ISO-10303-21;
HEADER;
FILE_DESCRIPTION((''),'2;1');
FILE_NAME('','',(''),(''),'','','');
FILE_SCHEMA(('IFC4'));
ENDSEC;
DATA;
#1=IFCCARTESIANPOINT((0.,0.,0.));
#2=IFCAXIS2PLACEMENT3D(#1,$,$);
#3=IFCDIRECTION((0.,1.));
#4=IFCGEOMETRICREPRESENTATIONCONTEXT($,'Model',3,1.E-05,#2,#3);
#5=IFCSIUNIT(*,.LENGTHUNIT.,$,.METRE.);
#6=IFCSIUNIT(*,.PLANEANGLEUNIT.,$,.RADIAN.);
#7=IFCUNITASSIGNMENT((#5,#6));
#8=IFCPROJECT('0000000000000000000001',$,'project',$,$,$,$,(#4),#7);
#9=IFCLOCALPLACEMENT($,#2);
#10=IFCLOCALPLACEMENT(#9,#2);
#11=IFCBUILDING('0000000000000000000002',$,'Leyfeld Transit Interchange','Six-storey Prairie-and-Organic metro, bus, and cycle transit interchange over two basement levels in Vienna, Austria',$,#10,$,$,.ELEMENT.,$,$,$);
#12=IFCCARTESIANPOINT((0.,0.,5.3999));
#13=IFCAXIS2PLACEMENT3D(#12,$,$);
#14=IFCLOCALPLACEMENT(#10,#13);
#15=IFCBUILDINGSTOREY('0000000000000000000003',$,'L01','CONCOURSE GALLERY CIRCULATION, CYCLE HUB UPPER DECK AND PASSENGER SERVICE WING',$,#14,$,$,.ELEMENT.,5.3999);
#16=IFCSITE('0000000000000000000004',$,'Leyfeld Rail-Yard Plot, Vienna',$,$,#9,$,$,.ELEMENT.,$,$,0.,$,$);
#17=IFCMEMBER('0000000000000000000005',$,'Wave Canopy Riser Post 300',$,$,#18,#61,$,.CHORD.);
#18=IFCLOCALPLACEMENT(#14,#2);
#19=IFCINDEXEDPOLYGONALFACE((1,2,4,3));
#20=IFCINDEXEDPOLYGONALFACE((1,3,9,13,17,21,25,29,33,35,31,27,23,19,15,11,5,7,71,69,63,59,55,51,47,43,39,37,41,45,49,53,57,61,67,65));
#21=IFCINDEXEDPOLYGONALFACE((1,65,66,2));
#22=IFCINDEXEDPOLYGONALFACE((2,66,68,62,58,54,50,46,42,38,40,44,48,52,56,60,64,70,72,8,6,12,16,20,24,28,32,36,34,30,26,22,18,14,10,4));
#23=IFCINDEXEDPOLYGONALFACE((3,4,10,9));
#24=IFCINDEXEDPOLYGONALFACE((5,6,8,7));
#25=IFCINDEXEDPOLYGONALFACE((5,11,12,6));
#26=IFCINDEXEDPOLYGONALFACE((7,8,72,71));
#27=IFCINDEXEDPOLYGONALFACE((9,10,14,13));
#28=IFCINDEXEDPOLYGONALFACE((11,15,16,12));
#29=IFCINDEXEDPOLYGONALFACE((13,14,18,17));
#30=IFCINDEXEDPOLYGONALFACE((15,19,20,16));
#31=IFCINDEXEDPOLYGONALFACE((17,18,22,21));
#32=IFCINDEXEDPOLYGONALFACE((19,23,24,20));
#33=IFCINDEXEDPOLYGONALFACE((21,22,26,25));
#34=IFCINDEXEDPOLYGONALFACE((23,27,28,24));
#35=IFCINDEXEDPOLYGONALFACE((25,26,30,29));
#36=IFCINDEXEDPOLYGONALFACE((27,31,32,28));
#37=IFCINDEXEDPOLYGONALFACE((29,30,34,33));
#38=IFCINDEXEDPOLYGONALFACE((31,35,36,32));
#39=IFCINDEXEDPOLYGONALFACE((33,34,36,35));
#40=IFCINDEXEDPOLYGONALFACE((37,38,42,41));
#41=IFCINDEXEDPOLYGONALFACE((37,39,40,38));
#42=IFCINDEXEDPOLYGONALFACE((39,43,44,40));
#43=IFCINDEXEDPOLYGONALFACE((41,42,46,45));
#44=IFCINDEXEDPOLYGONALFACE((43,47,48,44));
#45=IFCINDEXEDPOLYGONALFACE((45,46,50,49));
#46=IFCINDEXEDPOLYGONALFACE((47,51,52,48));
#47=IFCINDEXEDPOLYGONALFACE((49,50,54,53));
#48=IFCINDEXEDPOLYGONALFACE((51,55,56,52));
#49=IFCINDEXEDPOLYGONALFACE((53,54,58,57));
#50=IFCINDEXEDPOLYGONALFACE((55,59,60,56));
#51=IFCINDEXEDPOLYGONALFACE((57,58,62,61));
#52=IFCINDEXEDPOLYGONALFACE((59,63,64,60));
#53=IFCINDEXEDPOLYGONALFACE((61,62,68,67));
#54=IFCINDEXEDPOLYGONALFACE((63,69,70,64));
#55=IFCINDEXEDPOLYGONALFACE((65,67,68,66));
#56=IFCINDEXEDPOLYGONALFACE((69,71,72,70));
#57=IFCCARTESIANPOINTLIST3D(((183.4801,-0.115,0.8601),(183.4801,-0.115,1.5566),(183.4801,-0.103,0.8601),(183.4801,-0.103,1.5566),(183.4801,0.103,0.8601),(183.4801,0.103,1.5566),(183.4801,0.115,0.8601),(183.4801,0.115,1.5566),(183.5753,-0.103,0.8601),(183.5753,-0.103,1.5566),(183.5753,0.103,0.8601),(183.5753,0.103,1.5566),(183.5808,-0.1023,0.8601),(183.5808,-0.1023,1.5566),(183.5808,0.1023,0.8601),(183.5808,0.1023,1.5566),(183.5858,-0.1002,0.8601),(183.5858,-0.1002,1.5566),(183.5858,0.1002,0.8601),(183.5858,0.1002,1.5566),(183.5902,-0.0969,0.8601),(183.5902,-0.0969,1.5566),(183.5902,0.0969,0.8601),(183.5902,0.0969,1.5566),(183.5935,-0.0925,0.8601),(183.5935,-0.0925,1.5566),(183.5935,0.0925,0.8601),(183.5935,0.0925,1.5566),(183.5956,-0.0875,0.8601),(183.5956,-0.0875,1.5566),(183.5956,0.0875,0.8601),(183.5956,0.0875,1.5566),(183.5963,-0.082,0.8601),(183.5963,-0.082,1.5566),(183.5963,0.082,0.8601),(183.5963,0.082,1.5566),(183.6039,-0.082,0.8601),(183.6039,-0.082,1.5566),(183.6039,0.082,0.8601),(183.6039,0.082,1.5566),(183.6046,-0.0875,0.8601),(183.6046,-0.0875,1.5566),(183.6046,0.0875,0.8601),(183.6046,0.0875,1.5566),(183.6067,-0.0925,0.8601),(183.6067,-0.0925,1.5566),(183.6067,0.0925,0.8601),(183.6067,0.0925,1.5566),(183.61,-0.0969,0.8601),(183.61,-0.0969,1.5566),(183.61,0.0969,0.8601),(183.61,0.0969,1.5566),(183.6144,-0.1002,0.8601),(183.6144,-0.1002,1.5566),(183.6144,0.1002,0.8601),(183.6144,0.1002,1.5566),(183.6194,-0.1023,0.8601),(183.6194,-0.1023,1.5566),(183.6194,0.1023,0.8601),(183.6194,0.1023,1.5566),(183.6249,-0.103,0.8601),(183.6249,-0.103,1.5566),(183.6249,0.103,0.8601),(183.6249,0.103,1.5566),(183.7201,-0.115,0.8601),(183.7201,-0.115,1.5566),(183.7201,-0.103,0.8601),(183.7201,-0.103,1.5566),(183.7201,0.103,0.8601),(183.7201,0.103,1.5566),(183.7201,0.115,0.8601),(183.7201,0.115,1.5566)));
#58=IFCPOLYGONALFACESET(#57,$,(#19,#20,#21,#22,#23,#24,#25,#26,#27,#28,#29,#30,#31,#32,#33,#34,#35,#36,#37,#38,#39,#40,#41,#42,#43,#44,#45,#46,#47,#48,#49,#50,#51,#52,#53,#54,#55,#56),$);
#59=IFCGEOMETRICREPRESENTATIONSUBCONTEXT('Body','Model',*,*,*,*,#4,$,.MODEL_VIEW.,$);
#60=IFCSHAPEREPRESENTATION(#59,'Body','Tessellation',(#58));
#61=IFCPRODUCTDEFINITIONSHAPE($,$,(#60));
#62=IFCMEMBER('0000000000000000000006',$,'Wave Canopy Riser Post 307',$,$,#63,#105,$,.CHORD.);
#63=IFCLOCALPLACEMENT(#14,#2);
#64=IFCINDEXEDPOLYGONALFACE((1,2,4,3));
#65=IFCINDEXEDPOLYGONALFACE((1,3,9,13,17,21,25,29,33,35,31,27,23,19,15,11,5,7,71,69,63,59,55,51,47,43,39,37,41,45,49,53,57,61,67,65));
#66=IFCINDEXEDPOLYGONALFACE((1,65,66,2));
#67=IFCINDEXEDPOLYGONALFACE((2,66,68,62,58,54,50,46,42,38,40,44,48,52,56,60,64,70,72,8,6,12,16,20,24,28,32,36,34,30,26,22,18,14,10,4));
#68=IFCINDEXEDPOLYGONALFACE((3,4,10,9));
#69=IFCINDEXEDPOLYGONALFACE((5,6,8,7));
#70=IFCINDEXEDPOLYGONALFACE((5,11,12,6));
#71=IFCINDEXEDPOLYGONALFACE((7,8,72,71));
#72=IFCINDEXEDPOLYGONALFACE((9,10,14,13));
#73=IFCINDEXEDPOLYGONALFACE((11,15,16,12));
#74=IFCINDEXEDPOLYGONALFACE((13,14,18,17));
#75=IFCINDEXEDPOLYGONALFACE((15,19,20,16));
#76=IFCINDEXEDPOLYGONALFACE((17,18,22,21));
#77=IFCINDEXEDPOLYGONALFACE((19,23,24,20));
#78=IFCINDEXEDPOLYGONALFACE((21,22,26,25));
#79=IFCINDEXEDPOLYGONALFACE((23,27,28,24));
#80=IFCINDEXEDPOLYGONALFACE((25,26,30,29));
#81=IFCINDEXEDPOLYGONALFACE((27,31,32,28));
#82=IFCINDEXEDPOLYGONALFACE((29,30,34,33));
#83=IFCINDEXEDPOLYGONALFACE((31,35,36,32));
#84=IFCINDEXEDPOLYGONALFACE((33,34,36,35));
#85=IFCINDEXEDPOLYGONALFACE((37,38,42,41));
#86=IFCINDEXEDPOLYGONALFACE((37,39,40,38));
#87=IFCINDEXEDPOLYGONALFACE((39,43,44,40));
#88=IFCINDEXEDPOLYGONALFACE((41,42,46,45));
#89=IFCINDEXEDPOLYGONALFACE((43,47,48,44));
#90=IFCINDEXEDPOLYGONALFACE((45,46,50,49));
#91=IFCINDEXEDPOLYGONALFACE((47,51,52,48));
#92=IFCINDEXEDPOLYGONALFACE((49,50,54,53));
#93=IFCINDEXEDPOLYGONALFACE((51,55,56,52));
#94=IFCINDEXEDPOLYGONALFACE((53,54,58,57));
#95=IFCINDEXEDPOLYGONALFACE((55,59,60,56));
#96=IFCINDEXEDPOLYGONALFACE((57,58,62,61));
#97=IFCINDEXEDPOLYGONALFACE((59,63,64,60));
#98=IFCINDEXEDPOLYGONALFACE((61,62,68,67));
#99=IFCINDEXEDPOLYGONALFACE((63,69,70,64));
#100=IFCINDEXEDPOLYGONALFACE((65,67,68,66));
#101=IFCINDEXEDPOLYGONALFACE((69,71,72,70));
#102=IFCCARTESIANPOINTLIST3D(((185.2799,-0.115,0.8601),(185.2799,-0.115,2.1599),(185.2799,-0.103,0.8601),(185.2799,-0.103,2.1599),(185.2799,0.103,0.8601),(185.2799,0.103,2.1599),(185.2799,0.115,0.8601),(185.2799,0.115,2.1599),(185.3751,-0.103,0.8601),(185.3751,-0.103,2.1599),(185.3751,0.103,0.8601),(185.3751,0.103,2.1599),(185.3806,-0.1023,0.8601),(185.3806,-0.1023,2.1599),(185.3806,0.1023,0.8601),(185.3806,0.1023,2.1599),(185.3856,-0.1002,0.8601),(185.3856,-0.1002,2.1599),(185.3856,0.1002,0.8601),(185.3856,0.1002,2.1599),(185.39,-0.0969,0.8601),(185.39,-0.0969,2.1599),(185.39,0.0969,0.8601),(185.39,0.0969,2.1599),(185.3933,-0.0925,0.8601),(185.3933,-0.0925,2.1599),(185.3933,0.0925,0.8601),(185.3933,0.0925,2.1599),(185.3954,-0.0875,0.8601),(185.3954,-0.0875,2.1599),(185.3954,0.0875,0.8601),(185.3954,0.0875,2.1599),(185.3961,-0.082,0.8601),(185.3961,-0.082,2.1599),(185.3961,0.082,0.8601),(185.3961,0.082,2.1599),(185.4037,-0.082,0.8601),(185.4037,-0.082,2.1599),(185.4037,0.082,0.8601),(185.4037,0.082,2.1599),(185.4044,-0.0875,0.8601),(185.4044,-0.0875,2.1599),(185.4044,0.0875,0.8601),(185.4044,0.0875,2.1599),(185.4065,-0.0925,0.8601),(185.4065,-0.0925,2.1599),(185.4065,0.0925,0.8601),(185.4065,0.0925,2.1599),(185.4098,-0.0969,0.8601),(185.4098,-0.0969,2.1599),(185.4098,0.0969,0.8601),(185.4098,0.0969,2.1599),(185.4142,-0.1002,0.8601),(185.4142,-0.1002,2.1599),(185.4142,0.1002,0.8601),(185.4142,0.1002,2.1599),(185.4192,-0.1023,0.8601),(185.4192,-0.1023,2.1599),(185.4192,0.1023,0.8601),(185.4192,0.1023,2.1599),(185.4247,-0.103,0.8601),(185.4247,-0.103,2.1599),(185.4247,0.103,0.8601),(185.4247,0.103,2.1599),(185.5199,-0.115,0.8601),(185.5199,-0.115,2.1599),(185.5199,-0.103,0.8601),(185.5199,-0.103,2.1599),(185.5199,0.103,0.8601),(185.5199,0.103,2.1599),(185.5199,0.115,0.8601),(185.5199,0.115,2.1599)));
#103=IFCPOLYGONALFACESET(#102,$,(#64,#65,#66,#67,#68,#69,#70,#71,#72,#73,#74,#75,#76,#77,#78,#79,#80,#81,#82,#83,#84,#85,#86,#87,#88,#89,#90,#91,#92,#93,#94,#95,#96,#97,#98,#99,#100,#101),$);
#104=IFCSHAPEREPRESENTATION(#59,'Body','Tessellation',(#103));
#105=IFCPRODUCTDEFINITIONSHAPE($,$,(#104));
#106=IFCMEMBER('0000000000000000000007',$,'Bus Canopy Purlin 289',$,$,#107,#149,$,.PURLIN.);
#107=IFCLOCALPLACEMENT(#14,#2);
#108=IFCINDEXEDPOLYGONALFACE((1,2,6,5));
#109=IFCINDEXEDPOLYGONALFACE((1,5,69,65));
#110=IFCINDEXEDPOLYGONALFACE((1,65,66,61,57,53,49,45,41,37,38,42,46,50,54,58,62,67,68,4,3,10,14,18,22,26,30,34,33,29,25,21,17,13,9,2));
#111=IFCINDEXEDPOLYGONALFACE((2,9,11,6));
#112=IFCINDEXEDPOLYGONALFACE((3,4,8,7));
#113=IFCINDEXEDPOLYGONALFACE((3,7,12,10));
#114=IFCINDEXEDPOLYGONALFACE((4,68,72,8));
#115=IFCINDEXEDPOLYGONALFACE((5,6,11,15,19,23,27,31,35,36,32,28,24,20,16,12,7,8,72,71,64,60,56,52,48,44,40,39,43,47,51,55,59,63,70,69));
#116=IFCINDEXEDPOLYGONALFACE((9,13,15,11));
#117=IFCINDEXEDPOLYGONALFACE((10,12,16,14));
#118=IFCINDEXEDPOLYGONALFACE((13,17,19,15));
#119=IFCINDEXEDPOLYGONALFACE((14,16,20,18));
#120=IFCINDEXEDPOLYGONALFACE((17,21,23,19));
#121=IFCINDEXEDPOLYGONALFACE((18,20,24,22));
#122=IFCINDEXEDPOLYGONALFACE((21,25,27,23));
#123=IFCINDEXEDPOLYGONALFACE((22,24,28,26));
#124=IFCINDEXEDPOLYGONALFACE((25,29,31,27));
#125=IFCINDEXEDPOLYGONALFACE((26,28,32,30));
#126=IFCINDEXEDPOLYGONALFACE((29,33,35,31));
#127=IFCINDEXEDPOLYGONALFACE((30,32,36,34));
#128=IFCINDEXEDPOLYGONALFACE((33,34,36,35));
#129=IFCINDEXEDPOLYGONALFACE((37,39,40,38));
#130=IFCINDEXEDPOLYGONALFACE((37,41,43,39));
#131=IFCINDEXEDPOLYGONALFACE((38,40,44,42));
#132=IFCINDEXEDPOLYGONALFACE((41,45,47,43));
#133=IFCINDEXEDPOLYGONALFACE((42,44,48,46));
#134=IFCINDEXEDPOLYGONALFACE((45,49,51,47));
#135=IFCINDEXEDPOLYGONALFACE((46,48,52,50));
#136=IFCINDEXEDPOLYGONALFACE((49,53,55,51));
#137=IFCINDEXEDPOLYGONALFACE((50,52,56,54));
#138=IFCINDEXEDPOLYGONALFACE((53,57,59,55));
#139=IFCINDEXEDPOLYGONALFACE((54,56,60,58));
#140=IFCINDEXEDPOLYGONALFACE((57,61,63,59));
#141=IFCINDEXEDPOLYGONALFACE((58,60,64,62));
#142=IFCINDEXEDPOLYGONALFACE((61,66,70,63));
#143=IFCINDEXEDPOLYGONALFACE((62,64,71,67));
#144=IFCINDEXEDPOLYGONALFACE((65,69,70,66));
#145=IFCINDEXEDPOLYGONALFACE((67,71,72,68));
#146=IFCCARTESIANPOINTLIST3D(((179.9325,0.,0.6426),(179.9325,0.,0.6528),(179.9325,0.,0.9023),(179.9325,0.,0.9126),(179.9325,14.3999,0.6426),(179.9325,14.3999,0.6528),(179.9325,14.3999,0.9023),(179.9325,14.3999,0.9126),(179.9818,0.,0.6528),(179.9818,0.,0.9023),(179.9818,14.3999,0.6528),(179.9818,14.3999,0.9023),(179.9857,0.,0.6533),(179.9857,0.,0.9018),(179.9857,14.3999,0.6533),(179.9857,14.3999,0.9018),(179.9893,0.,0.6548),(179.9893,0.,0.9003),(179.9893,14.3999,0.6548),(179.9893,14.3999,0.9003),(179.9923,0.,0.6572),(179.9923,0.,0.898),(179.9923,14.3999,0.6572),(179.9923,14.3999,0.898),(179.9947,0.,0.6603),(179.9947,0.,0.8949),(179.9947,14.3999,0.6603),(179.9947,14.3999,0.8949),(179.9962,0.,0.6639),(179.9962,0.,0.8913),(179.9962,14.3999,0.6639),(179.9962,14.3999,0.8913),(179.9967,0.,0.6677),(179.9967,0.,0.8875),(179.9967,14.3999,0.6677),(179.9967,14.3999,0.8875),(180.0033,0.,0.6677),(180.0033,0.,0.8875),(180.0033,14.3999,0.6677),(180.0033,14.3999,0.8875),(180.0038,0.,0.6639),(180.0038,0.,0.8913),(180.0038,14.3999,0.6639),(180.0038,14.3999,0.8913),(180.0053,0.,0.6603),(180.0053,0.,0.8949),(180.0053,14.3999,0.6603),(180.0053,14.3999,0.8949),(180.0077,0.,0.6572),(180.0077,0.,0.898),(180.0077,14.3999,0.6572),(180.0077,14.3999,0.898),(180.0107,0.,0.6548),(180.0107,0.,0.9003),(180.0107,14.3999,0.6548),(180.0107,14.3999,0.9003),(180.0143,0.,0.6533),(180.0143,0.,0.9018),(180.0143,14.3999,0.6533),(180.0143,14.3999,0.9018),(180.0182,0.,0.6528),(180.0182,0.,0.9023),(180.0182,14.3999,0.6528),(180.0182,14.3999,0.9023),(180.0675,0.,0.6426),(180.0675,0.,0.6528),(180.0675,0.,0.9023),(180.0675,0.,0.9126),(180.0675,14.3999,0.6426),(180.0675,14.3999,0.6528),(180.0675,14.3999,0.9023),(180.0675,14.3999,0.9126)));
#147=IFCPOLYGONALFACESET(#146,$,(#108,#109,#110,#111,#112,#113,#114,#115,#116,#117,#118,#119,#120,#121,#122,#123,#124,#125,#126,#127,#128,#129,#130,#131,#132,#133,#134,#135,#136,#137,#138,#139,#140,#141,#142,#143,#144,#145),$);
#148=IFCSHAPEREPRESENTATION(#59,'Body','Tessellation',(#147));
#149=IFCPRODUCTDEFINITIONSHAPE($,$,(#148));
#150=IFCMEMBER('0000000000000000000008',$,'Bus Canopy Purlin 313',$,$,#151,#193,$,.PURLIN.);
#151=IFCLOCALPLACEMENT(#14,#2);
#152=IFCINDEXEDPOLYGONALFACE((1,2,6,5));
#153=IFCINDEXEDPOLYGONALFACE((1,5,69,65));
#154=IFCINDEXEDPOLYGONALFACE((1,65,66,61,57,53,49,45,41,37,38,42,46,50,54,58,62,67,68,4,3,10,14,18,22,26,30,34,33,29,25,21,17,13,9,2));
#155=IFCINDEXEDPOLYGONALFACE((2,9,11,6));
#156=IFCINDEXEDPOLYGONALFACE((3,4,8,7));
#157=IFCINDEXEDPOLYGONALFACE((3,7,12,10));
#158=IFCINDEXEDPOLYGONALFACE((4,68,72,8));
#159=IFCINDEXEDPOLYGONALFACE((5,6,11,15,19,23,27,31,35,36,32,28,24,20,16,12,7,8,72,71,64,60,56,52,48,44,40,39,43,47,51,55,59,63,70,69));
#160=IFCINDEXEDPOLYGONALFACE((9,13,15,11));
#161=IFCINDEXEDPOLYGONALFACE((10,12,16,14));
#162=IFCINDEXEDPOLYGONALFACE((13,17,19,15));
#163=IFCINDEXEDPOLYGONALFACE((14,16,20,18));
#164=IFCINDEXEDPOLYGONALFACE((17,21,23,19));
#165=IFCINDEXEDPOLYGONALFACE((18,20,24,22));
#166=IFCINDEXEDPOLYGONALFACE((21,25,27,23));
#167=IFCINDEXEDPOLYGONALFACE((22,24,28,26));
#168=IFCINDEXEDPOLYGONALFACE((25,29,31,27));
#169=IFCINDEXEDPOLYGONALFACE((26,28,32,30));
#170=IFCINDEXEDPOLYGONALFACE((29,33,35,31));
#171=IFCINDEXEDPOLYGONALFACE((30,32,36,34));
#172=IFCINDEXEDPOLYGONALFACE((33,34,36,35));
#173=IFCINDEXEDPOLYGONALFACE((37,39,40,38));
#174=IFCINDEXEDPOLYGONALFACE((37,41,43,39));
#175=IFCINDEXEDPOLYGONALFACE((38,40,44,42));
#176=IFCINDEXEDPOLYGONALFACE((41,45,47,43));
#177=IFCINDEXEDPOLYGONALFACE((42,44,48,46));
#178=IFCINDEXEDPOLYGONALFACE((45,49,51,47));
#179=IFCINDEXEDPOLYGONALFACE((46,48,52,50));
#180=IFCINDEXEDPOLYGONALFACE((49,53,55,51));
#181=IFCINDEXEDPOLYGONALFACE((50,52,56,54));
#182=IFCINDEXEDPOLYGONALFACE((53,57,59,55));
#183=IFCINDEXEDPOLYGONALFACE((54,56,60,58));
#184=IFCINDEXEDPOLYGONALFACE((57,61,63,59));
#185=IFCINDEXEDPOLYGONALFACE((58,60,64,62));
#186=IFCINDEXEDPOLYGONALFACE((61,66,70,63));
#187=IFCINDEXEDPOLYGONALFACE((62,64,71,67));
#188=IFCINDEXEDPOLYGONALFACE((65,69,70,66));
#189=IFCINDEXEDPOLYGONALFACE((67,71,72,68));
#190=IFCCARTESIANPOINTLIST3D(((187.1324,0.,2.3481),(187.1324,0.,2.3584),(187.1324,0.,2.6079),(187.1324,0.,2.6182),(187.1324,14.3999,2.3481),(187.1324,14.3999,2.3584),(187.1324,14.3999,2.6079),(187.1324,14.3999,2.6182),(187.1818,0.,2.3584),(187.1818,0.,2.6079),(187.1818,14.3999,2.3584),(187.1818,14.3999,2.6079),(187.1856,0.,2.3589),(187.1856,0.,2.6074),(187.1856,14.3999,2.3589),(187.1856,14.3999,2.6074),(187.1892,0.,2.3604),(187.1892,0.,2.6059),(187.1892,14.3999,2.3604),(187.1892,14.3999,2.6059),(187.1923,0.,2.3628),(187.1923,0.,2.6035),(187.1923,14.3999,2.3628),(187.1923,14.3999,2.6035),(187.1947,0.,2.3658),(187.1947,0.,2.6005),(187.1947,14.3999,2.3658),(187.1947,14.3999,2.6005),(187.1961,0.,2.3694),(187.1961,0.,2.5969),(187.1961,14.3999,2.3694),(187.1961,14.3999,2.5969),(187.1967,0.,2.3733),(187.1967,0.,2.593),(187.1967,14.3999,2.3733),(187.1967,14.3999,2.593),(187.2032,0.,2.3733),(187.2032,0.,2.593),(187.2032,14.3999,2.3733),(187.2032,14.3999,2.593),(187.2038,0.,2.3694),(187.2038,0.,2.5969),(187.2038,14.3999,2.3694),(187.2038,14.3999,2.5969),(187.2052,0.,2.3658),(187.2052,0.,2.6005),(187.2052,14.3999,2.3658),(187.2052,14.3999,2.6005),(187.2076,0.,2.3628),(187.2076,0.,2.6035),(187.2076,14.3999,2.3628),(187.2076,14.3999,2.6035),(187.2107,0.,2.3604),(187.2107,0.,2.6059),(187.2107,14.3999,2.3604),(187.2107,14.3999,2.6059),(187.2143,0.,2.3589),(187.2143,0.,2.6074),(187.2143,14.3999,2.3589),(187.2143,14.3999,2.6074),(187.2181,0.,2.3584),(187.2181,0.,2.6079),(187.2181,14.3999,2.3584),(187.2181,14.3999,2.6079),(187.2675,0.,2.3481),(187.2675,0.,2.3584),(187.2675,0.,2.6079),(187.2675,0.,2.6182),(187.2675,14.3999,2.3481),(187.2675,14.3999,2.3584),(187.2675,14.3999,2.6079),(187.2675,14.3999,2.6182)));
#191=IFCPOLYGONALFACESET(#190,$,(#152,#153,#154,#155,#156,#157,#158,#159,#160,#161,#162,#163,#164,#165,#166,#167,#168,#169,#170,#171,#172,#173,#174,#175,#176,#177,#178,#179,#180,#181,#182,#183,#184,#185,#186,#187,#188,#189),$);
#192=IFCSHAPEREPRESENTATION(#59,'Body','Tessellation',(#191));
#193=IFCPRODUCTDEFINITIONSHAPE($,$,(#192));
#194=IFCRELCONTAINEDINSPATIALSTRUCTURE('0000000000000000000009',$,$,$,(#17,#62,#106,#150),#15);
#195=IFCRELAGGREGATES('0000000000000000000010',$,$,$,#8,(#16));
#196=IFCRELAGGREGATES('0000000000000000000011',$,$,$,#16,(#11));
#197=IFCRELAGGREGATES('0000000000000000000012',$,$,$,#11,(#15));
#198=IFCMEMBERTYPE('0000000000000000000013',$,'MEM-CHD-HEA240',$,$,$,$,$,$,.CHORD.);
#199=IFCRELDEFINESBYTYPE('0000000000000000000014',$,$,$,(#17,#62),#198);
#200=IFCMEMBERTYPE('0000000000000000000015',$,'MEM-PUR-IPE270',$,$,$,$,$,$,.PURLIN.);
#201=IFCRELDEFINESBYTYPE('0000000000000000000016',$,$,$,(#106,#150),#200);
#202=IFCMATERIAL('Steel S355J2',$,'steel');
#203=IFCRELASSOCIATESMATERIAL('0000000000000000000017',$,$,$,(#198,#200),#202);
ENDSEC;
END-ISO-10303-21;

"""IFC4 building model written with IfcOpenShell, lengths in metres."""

from ifc_helpers import new_model, si_unit, direction, frame, origin, origin_2d, place, context, subcontext, project, spatial, i_section, extrude, material, material_profile, profile_set, type_object, element, save


model = new_model("IFC4")

# Units and contexts
model_context = context("Model", 3, precision=1e-05, world=origin(), true_north=direction((0.0, 1.0)))
body_context = subcontext(model_context, "Body", "Model", "MODEL_VIEW")
ifc_project = project(units=[si_unit("LENGTHUNIT", "METRE"), si_unit("PLANEANGLEUNIT", "RADIAN")], contexts=[model_context])

# Site, building, storey
site_placement = place(None, origin())
site = spatial("IfcSite", under=ifc_project, at=site_placement, Name="Leyfeld Rail-Yard Plot, Vienna", CompositionType="ELEMENT", RefElevation=0.0)
building_placement = place(site_placement, origin())
building = spatial("IfcBuilding", under=site, at=building_placement, Name="Leyfeld Transit Interchange", Description="Six-storey Prairie-and-Organic metro, bus, and cycle transit interchange over two basement levels in Vienna, Austria", CompositionType="ELEMENT")
storey_placement = place(building_placement, frame((0.0, 0.0, 5.3999)))
storey = spatial("IfcBuildingStorey", under=building, at=storey_placement, Name="L01", Description="CONCOURSE GALLERY CIRCULATION, CYCLE HUB UPPER DECK AND PASSENGER SERVICE WING", CompositionType="ELEMENT", Elevation=5.3999)

# Shared definitions
ifc_material = material(Name="Steel S355J2", Category="steel")

# Members
ifc_material_profile_1 = material_profile(ifc_material, i_section(OverallWidth=0.24, OverallDepth=0.23, WebThickness=0.0076, FlangeThickness=0.012, FilletRadius=0.021, at=origin_2d()), Name="HEA 240")
ifc_profile_set_1 = profile_set([ifc_material_profile_1], Name="Steel S355J2")
member_type_1 = type_object("IfcMemberType", Name="MEM-CHD-HEA240", PredefinedType="CHORD", material=ifc_profile_set_1)
member_1_placement = place(storey_placement, frame((183.6001, 0.0, 0.8601), z_axis=(0.0, 0.0, 1.0), x_axis=(1.0, 0.0, 0.0)))
element("IfcMember", 1, at=member_1_placement, inside=storey, type_object=member_type_1, Name="Wave Canopy Riser Post 300", PredefinedType="CHORD", context=body_context, shape_type="SweptSolid", body=[
    extrude(i_section(OverallWidth=0.24, OverallDepth=0.23, WebThickness=0.0076, FlangeThickness=0.012, FilletRadius=0.021, at=origin_2d()), origin(), (0.0, 0.0, 1.0), 0.6965),
])
member_2_placement = place(storey_placement, frame((185.3999, 0.0, 0.8601), z_axis=(0.0, 0.0, 1.0), x_axis=(1.0, 0.0, 0.0)))
element("IfcMember", 2, at=member_2_placement, inside=storey, type_object=member_type_1, Name="Wave Canopy Riser Post 307", PredefinedType="CHORD", context=body_context, shape_type="SweptSolid", body=[
    extrude(i_section(OverallWidth=0.24, OverallDepth=0.23, WebThickness=0.0076, FlangeThickness=0.012, FilletRadius=0.021, at=origin_2d()), origin(), (0.0, 0.0, 1.0), 1.2998),
])
ifc_material_profile_2 = material_profile(ifc_material, i_section(OverallWidth=0.135, OverallDepth=0.27, WebThickness=0.0066, FlangeThickness=0.0103, FilletRadius=0.0149, at=origin_2d()), Name="IPE 270")
ifc_profile_set_2 = profile_set([ifc_material_profile_2], Name="Steel S355J2")
member_type_2 = type_object("IfcMemberType", Name="MEM-PUR-IPE270", PredefinedType="PURLIN", material=ifc_profile_set_2)
for number, where, z_axis, x_axis, name in (
    (3, (180.0, 0.0, 0.7776), (0.0, 1.0, 0.0), (-1.0, 0.0, 0.0), "Bus Canopy Purlin 289"),
    (4, (187.2, 0.0, 2.4832), (0.0, 1.0, 0.0), (-1.0, 0.0, 0.0), "Bus Canopy Purlin 313"),
):
    element("IfcMember", number, at=place(storey_placement, frame(where, z_axis=z_axis, x_axis=x_axis)), inside=storey, type_object=member_type_2, Name=name, PredefinedType="PURLIN", context=body_context, shape_type="SweptSolid", body=[
        extrude(i_section(OverallWidth=0.135, OverallDepth=0.27, WebThickness=0.0066, FlangeThickness=0.0103, FilletRadius=0.0149, at=origin_2d()), origin(), (0.0, 0.0, 1.0), 14.3999),
    ])

save(model, "model.ifc")
